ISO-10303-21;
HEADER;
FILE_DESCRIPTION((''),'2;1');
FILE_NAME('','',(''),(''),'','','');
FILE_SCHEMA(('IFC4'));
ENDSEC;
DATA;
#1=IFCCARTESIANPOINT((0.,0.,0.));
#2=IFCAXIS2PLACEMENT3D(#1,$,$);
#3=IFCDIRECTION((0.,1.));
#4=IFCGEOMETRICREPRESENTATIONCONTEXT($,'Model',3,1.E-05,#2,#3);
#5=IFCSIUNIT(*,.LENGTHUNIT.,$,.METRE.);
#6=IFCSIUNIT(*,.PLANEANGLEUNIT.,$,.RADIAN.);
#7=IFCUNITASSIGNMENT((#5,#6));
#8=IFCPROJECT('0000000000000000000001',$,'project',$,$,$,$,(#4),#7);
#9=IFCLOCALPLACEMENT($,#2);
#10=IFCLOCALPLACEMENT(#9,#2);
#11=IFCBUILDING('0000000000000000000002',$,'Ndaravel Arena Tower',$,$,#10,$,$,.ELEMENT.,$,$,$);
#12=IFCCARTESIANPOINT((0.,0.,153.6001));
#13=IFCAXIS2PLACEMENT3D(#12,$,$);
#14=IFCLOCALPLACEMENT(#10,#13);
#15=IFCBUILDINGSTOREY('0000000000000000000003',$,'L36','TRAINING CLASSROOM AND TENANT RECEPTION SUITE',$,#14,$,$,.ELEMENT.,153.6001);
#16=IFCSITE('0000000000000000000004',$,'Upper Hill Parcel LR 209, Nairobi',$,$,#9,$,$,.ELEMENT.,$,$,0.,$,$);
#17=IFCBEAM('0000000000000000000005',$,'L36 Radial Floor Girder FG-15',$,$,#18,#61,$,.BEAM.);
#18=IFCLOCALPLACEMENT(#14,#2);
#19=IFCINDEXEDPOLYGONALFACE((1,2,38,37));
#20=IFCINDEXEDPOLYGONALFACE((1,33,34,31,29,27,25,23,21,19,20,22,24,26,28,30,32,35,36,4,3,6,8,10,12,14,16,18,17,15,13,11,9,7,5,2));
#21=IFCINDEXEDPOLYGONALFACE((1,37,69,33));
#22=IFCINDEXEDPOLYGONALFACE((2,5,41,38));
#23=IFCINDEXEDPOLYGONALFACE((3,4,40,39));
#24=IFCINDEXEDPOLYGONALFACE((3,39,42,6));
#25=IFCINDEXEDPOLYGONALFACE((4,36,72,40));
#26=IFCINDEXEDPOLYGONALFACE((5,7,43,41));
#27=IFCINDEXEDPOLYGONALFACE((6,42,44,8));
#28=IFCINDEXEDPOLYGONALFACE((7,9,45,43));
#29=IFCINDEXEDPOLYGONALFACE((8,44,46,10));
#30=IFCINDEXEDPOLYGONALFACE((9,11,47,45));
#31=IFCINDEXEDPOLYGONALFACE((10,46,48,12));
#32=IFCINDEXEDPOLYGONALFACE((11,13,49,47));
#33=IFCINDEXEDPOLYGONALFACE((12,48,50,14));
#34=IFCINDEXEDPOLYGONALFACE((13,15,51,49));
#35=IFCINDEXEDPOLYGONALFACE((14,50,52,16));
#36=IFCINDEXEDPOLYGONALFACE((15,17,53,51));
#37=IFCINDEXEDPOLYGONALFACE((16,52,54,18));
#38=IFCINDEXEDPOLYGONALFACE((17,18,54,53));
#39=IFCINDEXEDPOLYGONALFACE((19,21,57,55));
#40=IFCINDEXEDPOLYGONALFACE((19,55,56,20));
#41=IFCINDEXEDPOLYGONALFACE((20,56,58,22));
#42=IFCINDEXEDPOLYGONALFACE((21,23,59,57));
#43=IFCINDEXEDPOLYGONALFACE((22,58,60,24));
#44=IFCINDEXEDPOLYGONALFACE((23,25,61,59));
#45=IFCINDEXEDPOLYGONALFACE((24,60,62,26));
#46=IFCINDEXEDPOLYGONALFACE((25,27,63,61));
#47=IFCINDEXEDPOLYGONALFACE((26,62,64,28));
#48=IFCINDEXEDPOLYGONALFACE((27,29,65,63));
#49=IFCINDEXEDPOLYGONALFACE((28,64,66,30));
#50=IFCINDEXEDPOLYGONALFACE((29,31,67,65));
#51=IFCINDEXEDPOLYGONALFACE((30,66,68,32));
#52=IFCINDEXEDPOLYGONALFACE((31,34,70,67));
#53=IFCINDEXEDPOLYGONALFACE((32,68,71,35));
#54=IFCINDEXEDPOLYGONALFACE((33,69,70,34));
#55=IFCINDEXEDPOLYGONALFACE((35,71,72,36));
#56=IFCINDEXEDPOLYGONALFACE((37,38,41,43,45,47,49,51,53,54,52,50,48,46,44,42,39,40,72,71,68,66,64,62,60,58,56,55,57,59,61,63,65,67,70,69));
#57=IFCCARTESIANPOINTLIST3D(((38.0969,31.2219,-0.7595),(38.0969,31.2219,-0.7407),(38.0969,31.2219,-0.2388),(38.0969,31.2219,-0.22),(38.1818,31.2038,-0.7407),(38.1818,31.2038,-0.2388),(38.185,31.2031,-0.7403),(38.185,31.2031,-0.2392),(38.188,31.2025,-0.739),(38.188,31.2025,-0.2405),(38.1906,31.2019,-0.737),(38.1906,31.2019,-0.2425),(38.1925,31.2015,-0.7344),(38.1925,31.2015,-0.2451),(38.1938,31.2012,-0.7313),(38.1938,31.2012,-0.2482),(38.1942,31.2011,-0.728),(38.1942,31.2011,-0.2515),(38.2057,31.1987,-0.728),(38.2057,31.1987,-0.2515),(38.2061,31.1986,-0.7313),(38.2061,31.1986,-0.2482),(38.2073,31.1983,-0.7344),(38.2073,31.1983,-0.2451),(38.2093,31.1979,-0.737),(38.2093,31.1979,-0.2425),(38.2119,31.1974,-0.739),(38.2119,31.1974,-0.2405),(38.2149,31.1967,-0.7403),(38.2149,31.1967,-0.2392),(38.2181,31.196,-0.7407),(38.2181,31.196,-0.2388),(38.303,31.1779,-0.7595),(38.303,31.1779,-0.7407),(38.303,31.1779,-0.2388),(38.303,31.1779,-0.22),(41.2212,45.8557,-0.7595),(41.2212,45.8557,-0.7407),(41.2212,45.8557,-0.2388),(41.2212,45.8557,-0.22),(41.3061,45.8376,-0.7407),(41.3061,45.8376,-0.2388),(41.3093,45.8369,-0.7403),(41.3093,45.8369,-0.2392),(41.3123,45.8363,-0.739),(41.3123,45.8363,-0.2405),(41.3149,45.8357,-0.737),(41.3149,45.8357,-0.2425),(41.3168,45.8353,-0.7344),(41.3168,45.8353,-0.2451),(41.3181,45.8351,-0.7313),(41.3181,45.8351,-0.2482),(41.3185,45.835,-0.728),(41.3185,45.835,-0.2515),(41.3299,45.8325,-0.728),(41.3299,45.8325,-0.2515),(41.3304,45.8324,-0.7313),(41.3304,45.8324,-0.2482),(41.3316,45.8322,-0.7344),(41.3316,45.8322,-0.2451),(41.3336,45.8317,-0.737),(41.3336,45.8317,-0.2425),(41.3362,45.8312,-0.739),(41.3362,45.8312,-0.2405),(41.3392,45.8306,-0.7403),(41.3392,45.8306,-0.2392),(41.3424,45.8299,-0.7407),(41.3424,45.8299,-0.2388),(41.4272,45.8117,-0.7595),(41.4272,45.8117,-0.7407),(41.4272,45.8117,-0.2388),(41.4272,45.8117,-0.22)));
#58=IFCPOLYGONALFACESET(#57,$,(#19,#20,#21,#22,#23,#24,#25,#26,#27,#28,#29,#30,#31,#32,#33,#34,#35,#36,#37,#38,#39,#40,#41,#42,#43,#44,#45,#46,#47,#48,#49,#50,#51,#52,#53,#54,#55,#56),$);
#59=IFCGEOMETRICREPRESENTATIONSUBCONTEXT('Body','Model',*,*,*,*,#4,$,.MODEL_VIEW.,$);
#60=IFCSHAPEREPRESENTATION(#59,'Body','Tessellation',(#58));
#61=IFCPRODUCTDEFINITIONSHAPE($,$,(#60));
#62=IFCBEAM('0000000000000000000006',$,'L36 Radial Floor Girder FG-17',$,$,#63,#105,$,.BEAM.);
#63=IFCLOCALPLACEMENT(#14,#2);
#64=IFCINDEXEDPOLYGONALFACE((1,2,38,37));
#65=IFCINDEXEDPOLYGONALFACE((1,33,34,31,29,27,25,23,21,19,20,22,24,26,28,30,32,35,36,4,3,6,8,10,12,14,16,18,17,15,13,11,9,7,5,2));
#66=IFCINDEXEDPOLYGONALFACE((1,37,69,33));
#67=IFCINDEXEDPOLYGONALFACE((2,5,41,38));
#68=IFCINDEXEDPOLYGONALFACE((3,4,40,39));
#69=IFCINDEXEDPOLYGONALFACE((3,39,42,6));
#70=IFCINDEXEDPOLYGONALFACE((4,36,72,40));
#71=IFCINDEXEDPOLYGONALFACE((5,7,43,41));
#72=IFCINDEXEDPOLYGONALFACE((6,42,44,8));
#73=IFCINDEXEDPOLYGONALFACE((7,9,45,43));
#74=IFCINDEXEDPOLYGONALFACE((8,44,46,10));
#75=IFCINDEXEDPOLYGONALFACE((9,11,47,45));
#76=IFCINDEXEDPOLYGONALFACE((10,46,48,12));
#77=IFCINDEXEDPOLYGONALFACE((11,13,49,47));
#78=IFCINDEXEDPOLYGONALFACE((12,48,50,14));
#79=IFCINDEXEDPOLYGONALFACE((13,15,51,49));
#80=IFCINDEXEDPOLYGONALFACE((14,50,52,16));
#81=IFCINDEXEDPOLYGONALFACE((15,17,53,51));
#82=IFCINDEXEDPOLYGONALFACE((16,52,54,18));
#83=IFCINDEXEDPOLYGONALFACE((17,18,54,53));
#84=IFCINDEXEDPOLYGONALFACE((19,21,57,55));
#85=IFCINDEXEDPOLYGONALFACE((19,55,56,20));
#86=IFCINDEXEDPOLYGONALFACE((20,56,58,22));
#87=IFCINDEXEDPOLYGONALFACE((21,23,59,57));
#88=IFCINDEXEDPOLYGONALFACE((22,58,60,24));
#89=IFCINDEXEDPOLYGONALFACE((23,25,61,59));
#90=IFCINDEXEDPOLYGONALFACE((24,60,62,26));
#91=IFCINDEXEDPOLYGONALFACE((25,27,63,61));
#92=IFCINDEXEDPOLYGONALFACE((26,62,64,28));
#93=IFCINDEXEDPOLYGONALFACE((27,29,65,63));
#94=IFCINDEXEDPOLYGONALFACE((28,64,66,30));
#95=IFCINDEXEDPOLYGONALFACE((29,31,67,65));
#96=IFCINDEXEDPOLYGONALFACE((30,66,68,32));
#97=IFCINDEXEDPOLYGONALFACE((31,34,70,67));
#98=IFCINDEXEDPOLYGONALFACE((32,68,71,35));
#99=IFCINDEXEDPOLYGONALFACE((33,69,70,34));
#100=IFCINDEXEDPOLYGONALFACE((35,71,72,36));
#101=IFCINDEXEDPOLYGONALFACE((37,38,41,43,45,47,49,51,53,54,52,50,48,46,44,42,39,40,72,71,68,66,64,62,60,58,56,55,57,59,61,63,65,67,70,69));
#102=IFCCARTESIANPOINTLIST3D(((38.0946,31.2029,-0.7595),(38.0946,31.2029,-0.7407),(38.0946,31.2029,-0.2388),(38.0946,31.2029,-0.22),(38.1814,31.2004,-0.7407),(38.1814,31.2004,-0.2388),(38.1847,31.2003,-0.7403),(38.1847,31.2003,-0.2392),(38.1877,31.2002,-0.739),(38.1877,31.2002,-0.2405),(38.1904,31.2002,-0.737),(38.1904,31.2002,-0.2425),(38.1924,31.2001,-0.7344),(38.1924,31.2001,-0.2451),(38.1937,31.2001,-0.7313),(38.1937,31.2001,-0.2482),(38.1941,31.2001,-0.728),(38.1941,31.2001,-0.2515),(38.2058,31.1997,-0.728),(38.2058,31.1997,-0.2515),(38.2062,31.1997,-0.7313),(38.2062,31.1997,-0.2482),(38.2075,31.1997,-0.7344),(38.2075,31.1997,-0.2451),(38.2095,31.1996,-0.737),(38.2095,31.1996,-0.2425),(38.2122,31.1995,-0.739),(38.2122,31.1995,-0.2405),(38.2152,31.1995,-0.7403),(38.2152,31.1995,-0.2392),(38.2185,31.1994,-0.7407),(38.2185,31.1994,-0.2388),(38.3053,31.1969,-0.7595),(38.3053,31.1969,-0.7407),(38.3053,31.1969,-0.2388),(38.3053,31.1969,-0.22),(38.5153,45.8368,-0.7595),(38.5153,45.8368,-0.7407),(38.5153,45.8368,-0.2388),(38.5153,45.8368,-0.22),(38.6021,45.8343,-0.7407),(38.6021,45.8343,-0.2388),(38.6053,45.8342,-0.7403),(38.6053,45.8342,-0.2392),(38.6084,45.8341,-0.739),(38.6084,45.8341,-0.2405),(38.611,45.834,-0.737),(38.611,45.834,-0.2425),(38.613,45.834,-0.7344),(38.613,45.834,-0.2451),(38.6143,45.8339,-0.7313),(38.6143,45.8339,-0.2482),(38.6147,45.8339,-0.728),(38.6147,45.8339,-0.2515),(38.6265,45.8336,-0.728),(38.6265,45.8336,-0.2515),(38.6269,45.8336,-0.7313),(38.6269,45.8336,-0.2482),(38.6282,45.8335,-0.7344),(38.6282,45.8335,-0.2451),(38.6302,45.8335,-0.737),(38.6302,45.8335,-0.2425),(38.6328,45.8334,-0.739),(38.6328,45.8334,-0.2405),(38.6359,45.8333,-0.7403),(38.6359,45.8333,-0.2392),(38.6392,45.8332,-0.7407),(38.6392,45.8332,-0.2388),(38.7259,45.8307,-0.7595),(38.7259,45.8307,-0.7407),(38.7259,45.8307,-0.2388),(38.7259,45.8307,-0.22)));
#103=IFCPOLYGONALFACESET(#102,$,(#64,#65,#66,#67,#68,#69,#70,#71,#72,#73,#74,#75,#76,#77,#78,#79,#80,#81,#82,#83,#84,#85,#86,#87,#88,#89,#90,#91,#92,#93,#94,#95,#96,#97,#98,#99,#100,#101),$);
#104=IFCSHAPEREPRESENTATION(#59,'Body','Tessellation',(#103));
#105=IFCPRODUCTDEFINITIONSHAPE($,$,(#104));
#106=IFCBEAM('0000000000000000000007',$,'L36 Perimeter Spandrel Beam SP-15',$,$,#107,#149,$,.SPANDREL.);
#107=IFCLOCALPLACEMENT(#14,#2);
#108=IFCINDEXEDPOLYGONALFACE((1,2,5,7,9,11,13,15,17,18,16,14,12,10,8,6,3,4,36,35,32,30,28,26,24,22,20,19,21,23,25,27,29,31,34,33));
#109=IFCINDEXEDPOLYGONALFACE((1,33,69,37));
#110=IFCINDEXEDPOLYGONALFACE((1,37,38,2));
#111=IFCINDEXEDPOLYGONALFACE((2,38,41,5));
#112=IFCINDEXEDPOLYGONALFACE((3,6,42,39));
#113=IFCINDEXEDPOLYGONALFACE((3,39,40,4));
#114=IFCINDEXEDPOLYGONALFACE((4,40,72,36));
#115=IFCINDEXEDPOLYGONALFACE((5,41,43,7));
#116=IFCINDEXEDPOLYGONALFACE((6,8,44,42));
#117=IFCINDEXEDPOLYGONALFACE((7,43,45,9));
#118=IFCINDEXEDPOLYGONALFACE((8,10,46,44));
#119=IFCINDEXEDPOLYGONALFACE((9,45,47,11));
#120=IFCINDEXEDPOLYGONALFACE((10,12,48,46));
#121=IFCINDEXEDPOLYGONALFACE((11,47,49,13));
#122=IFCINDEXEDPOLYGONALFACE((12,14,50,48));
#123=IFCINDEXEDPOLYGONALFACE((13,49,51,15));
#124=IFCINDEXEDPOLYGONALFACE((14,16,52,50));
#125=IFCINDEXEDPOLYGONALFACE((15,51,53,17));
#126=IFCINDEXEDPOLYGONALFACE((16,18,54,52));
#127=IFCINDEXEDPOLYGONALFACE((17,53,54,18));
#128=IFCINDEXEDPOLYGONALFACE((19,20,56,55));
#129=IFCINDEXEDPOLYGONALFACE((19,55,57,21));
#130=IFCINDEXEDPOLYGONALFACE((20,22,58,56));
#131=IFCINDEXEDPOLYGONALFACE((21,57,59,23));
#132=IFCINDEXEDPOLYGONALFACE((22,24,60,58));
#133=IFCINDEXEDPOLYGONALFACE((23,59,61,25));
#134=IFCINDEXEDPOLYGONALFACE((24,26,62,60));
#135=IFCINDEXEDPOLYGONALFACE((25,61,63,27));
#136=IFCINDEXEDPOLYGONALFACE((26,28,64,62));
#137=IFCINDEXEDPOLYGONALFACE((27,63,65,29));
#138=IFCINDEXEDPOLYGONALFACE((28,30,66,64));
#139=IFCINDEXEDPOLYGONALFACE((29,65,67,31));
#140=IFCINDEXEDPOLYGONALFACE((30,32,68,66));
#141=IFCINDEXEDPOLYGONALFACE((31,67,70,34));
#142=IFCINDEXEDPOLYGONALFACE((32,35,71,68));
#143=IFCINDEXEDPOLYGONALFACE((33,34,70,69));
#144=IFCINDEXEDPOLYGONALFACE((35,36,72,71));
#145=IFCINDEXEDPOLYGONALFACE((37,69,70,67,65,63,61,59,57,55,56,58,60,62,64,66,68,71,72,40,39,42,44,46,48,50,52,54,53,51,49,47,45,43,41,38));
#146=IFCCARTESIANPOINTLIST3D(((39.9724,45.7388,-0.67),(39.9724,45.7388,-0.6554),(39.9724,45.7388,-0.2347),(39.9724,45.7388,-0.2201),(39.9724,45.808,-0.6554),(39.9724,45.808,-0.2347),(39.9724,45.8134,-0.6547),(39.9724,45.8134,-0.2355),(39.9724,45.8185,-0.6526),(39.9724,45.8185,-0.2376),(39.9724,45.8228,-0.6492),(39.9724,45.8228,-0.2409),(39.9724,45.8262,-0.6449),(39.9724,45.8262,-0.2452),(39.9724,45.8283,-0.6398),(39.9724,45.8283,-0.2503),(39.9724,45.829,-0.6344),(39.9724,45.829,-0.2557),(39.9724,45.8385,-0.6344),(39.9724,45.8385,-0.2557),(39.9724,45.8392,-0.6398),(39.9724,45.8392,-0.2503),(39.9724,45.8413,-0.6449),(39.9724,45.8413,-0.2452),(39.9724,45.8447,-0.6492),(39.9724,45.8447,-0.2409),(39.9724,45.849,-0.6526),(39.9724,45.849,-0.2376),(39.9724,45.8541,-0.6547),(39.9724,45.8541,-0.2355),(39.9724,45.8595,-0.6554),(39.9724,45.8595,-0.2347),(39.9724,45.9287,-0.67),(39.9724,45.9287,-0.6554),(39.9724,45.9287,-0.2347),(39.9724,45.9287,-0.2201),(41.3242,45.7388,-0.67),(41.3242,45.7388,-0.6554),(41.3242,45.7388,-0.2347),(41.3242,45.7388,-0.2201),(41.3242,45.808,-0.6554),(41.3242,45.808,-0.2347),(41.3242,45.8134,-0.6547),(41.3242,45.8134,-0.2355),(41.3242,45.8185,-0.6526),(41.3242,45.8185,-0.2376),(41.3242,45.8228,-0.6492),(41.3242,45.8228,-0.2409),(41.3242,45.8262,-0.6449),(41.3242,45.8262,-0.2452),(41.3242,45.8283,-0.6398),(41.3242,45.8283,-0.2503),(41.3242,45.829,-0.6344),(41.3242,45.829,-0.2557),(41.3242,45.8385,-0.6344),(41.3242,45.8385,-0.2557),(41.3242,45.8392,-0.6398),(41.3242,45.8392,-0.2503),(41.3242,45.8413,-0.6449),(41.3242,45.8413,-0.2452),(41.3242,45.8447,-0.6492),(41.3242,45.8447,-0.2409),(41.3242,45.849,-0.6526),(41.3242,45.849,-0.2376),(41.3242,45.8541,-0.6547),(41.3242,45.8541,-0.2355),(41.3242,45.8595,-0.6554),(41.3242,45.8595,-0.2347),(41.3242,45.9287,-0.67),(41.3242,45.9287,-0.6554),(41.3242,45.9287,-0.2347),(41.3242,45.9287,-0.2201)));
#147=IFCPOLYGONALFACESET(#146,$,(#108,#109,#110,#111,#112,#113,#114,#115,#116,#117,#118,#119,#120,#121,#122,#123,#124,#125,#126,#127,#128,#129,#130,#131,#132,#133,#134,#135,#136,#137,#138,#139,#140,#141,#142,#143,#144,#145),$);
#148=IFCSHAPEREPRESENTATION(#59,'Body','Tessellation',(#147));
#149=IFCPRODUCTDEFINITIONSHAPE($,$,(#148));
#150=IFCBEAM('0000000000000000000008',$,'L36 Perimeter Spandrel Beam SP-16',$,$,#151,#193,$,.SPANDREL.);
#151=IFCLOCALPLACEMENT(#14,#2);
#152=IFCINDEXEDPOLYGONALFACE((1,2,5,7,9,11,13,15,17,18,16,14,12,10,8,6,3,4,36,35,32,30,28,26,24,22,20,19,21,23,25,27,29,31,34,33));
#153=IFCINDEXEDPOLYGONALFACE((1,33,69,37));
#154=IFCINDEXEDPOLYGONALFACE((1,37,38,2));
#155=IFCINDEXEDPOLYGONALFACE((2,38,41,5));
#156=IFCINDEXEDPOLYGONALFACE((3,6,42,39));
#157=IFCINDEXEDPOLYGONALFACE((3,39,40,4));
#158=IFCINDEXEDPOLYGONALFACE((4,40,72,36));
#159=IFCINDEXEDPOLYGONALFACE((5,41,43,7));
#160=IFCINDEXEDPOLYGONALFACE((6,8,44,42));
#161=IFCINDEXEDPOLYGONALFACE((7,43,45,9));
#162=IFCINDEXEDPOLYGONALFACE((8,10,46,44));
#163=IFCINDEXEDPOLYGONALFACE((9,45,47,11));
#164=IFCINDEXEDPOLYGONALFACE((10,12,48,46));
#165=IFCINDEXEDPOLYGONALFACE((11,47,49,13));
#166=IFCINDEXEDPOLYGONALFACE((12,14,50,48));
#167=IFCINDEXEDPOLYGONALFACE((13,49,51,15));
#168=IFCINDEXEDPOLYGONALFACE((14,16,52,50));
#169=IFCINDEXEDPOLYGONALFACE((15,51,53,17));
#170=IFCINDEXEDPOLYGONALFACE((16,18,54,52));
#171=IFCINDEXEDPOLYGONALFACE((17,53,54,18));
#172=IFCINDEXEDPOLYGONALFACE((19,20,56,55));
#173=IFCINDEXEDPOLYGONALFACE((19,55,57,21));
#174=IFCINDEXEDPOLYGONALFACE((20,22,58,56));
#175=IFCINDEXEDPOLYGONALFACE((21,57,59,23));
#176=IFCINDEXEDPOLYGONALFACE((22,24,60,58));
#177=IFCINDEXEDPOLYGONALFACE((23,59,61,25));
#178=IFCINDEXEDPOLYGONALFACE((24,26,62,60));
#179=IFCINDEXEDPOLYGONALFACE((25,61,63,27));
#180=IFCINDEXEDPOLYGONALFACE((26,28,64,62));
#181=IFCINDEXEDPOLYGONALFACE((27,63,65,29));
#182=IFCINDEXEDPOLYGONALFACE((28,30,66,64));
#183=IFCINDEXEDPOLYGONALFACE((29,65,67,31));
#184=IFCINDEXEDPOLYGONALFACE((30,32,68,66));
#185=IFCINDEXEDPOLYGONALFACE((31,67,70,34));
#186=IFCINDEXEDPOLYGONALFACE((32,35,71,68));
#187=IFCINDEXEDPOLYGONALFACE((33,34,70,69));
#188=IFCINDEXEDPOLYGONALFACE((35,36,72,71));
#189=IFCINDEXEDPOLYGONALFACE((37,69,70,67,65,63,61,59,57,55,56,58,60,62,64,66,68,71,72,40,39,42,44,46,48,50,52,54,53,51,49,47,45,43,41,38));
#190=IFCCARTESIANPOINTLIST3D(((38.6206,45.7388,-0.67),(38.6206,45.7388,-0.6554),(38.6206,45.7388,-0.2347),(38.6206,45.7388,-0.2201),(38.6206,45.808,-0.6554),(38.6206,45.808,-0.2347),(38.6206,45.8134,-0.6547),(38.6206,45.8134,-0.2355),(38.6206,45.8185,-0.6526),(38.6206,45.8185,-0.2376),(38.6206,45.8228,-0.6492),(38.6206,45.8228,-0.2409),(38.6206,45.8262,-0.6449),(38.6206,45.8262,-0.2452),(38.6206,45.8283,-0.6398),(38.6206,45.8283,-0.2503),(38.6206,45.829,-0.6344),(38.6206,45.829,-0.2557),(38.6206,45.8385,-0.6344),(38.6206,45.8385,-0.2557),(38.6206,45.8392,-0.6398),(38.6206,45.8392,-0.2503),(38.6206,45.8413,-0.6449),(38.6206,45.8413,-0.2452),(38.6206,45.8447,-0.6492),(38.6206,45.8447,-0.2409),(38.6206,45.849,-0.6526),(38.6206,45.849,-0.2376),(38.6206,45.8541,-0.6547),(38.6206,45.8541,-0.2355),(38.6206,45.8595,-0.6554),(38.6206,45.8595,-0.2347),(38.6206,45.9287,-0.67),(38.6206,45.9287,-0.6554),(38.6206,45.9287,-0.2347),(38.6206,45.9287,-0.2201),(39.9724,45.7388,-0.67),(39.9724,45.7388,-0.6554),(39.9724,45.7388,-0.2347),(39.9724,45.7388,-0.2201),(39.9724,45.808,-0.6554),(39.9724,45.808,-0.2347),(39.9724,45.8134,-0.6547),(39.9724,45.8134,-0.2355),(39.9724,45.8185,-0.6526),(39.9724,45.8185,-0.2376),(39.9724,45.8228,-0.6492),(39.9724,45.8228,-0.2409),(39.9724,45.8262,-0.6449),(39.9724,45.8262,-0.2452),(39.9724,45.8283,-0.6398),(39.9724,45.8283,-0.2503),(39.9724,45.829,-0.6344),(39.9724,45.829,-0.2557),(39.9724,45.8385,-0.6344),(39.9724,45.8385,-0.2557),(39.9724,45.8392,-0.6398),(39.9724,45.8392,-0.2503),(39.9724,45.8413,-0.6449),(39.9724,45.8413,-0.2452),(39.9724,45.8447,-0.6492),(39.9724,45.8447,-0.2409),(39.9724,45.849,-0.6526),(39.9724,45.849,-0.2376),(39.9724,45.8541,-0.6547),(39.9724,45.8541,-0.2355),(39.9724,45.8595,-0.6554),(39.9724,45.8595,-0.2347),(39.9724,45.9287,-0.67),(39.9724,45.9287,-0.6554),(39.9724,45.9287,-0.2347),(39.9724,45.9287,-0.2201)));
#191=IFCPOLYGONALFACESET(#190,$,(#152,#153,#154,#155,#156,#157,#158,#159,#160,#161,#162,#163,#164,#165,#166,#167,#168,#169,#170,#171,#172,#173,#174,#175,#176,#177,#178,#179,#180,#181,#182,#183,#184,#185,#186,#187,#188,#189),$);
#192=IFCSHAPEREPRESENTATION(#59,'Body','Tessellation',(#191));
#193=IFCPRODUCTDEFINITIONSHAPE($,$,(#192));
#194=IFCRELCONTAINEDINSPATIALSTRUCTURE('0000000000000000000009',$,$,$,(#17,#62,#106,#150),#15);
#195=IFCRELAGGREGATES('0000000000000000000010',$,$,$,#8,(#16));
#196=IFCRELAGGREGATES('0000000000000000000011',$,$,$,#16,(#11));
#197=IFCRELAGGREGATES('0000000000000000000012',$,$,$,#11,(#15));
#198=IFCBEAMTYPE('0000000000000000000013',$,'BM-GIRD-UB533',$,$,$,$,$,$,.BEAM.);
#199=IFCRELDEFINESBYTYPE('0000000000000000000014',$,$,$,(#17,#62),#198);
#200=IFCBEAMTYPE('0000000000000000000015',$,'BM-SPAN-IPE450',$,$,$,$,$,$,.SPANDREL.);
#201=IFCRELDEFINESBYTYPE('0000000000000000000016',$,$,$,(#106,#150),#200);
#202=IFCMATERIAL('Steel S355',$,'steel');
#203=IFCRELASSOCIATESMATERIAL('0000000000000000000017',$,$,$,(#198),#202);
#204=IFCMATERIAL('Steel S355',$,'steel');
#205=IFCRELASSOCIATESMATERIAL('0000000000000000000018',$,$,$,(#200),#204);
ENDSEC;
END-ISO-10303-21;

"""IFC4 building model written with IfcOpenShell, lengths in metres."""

from ifc_helpers import new_model, si_unit, direction, frame, origin, origin_2d, place, context, subcontext, project, spatial, i_section, extrude, material, material_profile, profile_set, type_object, element, save


model = new_model("IFC4")

# Units and contexts
model_context = context("Model", 3, precision=1e-05, world=origin(), true_north=direction((0.0, 1.0)))
body_context = subcontext(model_context, "Body", "Model", "MODEL_VIEW")
ifc_project = project(units=[si_unit("LENGTHUNIT", "METRE"), si_unit("PLANEANGLEUNIT", "RADIAN")], contexts=[model_context])

# Site, building, storey
site_placement = place(None, origin())
site = spatial("IfcSite", under=ifc_project, at=site_placement, Name="Upper Hill Parcel LR 209, Nairobi", CompositionType="ELEMENT", RefElevation=0.0)
building_placement = place(site_placement, origin())
building = spatial("IfcBuilding", under=site, at=building_placement, Name="Ndaravel Arena Tower", CompositionType="ELEMENT")
storey_placement = place(building_placement, frame((0.0, 0.0, 153.6001)))
storey = spatial("IfcBuildingStorey", under=building, at=storey_placement, Name="L36", Description="TRAINING CLASSROOM AND TENANT RECEPTION SUITE", CompositionType="ELEMENT", Elevation=153.6001)

# Beams
ifc_material_1 = material(Name="Steel S355", Category="steel")
ifc_material_profile_1 = material_profile(ifc_material_1, i_section(OverallWidth=0.2107, OverallDepth=0.5396, WebThickness=0.0117, FlangeThickness=0.0188, FilletRadius=0.0127, at=origin_2d()), Name="UB 533x210x109")
ifc_profile_set_1 = profile_set([ifc_material_profile_1], Name="Steel S355")
beam_type_1 = type_object("IfcBeamType", Name="BM-GIRD-UB533", PredefinedType="BEAM", material=ifc_profile_set_1)
beam_1_placement = place(storey_placement, frame((41.3242, 45.8337, -0.4897), z_axis=(-0.208791, -0.97796, 0.0), x_axis=(0.97796, -0.208791, 0.0)))
element("IfcBeam", 1, at=beam_1_placement, inside=storey, type_object=beam_type_1, Name="L36 Radial Floor Girder FG-15", PredefinedType="BEAM", context=body_context, shape_type="SweptSolid", body=[
    extrude(i_section(OverallWidth=0.2107, OverallDepth=0.5396, WebThickness=0.0117, FlangeThickness=0.0188, FilletRadius=0.0127, at=origin_2d()), origin(), (0.0, 0.0, 1.0), 14.9636),
])
beam_2_placement = place(storey_placement, frame((38.6206, 45.8337, -0.4897), z_axis=(-0.028734, -0.999587, 0.0), x_axis=(0.999587, -0.028734, 0.0)))
element("IfcBeam", 2, at=beam_2_placement, inside=storey, type_object=beam_type_1, Name="L36 Radial Floor Girder FG-17", PredefinedType="BEAM", context=body_context, shape_type="SweptSolid", body=[
    extrude(i_section(OverallWidth=0.2107, OverallDepth=0.5396, WebThickness=0.0117, FlangeThickness=0.0188, FilletRadius=0.0127, at=origin_2d()), origin(), (0.0, 0.0, 1.0), 14.6399),
])
ifc_material_2 = material(Name="Steel S355", Category="steel")
ifc_material_profile_2 = material_profile(ifc_material_2, i_section(OverallWidth=0.1899, OverallDepth=0.45, WebThickness=0.0095, FlangeThickness=0.0146, FilletRadius=0.021, at=origin_2d()), Name="IPE 450")
ifc_profile_set_2 = profile_set([ifc_material_profile_2], Name="Steel S355")
beam_type_2 = type_object("IfcBeamType", Name="BM-SPAN-IPE450", PredefinedType="SPANDREL", material=ifc_profile_set_2)
for number, where, z_axis, x_axis, name in (
    (3, (41.3242, 45.8337, -0.4451), (-1.0, 0.0, 0.0), (0.0, -1.0, 0.0), "L36 Perimeter Spandrel Beam SP-15"),
    (4, (39.9724, 45.8337, -0.4451), (-1.0, 0.0, 0.0), (0.0, -1.0, 0.0), "L36 Perimeter Spandrel Beam SP-16"),
):
    element("IfcBeam", number, at=place(storey_placement, frame(where, z_axis=z_axis, x_axis=x_axis)), inside=storey, type_object=beam_type_2, Name=name, PredefinedType="SPANDREL", context=body_context, shape_type="SweptSolid", body=[
        extrude(i_section(OverallWidth=0.1899, OverallDepth=0.45, WebThickness=0.0095, FlangeThickness=0.0146, FilletRadius=0.021, at=origin_2d()), origin(), (0.0, 0.0, 1.0), 1.3518),
    ])

save(model, "model.ifc")
